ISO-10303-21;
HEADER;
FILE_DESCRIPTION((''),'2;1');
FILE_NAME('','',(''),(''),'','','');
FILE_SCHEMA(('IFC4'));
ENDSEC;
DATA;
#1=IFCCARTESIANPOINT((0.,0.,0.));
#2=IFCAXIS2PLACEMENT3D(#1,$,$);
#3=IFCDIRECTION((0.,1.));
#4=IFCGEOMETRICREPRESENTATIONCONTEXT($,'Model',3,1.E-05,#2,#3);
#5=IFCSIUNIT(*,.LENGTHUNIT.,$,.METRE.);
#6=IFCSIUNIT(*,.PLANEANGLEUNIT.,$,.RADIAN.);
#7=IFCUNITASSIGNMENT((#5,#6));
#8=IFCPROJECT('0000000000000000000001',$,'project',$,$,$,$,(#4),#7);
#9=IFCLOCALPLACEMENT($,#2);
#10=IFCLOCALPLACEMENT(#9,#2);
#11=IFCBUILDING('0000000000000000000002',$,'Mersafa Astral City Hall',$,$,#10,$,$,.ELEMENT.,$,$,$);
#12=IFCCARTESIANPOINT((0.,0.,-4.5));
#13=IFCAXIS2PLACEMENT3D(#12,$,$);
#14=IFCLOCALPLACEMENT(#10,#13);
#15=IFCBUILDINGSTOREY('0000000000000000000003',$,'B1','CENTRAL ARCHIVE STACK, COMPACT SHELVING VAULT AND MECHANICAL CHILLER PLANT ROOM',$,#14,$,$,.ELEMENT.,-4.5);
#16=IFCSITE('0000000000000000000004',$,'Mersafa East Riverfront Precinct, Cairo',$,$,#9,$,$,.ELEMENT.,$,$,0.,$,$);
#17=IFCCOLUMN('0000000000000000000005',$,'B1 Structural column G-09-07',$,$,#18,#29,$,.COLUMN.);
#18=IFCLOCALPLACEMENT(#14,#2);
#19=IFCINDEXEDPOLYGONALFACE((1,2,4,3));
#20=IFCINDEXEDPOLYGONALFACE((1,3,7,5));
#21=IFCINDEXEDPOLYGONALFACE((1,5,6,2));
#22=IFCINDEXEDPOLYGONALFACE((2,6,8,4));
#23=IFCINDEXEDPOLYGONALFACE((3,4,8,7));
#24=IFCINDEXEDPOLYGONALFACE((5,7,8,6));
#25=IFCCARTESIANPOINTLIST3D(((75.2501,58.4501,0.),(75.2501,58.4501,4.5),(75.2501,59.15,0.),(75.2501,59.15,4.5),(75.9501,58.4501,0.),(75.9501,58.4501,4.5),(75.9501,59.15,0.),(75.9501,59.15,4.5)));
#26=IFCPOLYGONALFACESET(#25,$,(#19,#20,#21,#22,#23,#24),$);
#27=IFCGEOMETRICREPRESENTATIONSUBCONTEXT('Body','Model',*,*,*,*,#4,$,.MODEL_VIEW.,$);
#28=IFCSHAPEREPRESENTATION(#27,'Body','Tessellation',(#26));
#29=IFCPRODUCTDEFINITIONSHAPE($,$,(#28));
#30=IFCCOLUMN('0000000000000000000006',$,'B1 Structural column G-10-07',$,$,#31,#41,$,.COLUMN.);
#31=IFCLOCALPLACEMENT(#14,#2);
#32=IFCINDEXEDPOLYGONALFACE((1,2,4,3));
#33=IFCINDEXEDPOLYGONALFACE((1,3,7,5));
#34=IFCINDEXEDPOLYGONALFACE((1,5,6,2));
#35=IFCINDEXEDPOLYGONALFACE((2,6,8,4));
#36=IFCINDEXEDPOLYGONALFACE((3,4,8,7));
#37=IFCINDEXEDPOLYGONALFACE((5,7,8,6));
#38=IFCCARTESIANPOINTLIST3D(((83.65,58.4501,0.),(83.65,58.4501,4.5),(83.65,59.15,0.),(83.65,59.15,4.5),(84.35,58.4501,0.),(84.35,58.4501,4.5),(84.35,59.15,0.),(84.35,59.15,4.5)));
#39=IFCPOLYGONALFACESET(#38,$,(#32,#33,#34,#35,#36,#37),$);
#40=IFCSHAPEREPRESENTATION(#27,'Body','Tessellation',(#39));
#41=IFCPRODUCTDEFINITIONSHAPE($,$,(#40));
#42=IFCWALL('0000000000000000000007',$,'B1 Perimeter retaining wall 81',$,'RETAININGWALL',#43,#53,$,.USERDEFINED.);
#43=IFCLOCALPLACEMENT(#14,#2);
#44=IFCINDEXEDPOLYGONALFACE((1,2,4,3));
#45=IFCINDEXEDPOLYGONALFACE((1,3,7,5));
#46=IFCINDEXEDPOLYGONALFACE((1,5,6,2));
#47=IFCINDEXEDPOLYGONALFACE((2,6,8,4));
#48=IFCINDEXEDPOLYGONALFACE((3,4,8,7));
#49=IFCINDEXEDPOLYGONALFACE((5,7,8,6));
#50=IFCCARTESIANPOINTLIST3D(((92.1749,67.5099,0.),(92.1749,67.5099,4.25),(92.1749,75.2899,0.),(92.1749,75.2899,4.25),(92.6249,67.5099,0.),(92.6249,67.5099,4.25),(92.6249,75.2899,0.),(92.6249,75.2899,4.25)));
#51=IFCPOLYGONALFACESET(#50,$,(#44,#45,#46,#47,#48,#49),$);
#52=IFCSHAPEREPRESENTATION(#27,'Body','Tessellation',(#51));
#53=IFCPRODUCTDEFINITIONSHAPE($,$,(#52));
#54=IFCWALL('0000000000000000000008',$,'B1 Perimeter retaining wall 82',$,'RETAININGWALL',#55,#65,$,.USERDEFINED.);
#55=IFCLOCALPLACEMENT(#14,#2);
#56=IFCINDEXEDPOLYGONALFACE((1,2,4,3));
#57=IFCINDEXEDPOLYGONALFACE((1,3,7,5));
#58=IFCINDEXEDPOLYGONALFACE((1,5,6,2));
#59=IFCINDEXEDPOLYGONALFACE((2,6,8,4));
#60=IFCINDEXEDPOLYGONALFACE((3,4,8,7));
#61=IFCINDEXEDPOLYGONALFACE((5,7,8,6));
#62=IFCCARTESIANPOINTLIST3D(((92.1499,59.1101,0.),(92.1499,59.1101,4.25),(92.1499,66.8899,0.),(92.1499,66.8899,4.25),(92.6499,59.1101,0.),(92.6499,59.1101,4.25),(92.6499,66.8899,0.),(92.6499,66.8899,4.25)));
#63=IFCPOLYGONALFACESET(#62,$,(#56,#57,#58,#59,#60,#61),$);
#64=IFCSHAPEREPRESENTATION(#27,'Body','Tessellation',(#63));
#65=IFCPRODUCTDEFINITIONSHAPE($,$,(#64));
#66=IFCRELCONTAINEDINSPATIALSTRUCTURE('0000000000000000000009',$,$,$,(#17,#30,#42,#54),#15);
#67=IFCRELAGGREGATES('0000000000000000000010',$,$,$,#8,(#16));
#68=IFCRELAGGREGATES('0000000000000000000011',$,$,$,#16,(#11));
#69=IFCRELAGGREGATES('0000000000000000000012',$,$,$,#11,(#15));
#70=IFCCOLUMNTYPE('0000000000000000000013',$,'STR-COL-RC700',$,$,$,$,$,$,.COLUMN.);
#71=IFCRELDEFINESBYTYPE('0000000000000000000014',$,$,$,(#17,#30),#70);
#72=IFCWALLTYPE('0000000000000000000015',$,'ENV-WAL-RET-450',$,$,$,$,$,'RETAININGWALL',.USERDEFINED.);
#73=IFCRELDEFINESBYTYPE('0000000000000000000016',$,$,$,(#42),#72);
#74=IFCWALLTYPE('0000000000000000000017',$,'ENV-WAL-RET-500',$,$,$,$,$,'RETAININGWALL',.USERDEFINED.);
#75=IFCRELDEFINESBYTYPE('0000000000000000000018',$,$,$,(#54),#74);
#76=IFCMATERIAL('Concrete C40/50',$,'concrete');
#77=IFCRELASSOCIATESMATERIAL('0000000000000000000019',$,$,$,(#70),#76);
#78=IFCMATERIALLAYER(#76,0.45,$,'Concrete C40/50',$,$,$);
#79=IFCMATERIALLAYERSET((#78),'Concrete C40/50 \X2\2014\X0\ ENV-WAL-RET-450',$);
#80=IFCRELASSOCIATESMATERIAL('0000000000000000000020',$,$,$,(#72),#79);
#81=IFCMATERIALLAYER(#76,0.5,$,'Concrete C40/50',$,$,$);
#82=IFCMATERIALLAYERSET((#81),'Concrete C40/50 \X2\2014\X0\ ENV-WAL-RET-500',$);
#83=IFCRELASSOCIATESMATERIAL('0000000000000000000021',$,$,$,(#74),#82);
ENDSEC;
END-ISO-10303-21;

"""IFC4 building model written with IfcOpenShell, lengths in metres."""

from ifc_helpers import new_model, si_unit, direction, frame, frame_2d, origin, origin_2d, place, context, subcontext, project, spatial, rectangle, extrude, material, layer, layer_set, material_profile, profile_set, type_object, element, save


model = new_model("IFC4")

# Units and contexts
model_context = context("Model", 3, precision=1e-05, world=origin(), true_north=direction((0.0, 1.0)))
body_context = subcontext(model_context, "Body", "Model", "MODEL_VIEW")
ifc_project = project(units=[si_unit("LENGTHUNIT", "METRE"), si_unit("PLANEANGLEUNIT", "RADIAN")], contexts=[model_context])

# Site, building, storey
site_placement = place(None, origin())
site = spatial("IfcSite", under=ifc_project, at=site_placement, Name="Mersafa East Riverfront Precinct, Cairo", CompositionType="ELEMENT", RefElevation=0.0)
building_placement = place(site_placement, origin())
building = spatial("IfcBuilding", under=site, at=building_placement, Name="Mersafa Astral City Hall", CompositionType="ELEMENT")
storey_placement = place(building_placement, frame((0.0, 0.0, -4.5)))
storey = spatial("IfcBuildingStorey", under=building, at=storey_placement, Name="B1", Description="CENTRAL ARCHIVE STACK, COMPACT SHELVING VAULT AND MECHANICAL CHILLER PLANT ROOM", CompositionType="ELEMENT", Elevation=-4.5)

# Shared definitions
ifc_material_1 = material(Name="Concrete C40/50", Category="concrete")

# Columns
ifc_material_profile_1 = material_profile(ifc_material_1, rectangle(XDim=0.7, YDim=0.7, at=origin_2d()), Name="RC 700x700")
ifc_profile_set_1 = profile_set([ifc_material_profile_1], Name="Concrete C40/50")
column_type_1 = type_object("IfcColumnType", Name="STR-COL-RC700", PredefinedType="COLUMN", material=ifc_profile_set_1)
for number, where, z_axis, x_axis, name in (
    (1, (75.6001, 58.8, 0.0), (0.0, 0.0, 1.0), (1.0, 0.0, 0.0), "B1 Structural column G-09-07"),
    (2, (84.0, 58.8, 0.0), (0.0, 0.0, 1.0), (1.0, 0.0, 0.0), "B1 Structural column G-10-07"),
):
    element("IfcColumn", number, at=place(storey_placement, frame(where, z_axis=z_axis, x_axis=x_axis)), inside=storey, type_object=column_type_1, Name=name, PredefinedType="COLUMN", context=body_context, shape_type="SweptSolid", body=[
        extrude(rectangle(XDim=0.7, YDim=0.7, at=origin_2d()), origin(), (0.0, 0.0, 1.0), 4.5),
    ])

# Walls
ifc_layer_1 = layer(ifc_material_1, 0.45, Name="Concrete C40/50")
ifc_layer_set_1 = layer_set([ifc_layer_1], Name="Concrete C40/50 — ENV-WAL-RET-450")
wall_type_1 = type_object("IfcWallType", Name="ENV-WAL-RET-450", ElementType="RETAININGWALL", PredefinedType="USERDEFINED", material=ifc_layer_set_1)
wall_1_placement = place(storey_placement, frame((92.3999, 75.29, 0.0), z_axis=(0.0, 0.0, 1.0), x_axis=(0.0, -1.0, 0.0)))
element("IfcWall", 3, at=wall_1_placement, inside=storey, type_object=wall_type_1, Name="B1 Perimeter retaining wall 81", ObjectType="RETAININGWALL", PredefinedType="USERDEFINED", context=body_context, shape_type="SweptSolid", body=[
    extrude(rectangle(XDim=7.78, YDim=0.45, at=frame_2d((3.8901, 0.0))), origin(), (0.0, 0.0, 1.0), 4.25),
])
ifc_layer_2 = layer(ifc_material_1, 0.5, Name="Concrete C40/50")
ifc_layer_set_2 = layer_set([ifc_layer_2], Name="Concrete C40/50 — ENV-WAL-RET-500")
wall_type_2 = type_object("IfcWallType", Name="ENV-WAL-RET-500", ElementType="RETAININGWALL", PredefinedType="USERDEFINED", material=ifc_layer_set_2)
wall_2_placement = place(storey_placement, frame((92.3999, 66.8899, 0.0), z_axis=(0.0, 0.0, 1.0), x_axis=(0.0, -1.0, 0.0)))
element("IfcWall", 4, at=wall_2_placement, inside=storey, type_object=wall_type_2, Name="B1 Perimeter retaining wall 82", ObjectType="RETAININGWALL", PredefinedType="USERDEFINED", context=body_context, shape_type="SweptSolid", body=[
    extrude(rectangle(XDim=7.7798, YDim=0.5, at=frame_2d((3.8899, 0.0))), origin(), (0.0, 0.0, 1.0), 4.25),
])

save(model, "model.ifc")
